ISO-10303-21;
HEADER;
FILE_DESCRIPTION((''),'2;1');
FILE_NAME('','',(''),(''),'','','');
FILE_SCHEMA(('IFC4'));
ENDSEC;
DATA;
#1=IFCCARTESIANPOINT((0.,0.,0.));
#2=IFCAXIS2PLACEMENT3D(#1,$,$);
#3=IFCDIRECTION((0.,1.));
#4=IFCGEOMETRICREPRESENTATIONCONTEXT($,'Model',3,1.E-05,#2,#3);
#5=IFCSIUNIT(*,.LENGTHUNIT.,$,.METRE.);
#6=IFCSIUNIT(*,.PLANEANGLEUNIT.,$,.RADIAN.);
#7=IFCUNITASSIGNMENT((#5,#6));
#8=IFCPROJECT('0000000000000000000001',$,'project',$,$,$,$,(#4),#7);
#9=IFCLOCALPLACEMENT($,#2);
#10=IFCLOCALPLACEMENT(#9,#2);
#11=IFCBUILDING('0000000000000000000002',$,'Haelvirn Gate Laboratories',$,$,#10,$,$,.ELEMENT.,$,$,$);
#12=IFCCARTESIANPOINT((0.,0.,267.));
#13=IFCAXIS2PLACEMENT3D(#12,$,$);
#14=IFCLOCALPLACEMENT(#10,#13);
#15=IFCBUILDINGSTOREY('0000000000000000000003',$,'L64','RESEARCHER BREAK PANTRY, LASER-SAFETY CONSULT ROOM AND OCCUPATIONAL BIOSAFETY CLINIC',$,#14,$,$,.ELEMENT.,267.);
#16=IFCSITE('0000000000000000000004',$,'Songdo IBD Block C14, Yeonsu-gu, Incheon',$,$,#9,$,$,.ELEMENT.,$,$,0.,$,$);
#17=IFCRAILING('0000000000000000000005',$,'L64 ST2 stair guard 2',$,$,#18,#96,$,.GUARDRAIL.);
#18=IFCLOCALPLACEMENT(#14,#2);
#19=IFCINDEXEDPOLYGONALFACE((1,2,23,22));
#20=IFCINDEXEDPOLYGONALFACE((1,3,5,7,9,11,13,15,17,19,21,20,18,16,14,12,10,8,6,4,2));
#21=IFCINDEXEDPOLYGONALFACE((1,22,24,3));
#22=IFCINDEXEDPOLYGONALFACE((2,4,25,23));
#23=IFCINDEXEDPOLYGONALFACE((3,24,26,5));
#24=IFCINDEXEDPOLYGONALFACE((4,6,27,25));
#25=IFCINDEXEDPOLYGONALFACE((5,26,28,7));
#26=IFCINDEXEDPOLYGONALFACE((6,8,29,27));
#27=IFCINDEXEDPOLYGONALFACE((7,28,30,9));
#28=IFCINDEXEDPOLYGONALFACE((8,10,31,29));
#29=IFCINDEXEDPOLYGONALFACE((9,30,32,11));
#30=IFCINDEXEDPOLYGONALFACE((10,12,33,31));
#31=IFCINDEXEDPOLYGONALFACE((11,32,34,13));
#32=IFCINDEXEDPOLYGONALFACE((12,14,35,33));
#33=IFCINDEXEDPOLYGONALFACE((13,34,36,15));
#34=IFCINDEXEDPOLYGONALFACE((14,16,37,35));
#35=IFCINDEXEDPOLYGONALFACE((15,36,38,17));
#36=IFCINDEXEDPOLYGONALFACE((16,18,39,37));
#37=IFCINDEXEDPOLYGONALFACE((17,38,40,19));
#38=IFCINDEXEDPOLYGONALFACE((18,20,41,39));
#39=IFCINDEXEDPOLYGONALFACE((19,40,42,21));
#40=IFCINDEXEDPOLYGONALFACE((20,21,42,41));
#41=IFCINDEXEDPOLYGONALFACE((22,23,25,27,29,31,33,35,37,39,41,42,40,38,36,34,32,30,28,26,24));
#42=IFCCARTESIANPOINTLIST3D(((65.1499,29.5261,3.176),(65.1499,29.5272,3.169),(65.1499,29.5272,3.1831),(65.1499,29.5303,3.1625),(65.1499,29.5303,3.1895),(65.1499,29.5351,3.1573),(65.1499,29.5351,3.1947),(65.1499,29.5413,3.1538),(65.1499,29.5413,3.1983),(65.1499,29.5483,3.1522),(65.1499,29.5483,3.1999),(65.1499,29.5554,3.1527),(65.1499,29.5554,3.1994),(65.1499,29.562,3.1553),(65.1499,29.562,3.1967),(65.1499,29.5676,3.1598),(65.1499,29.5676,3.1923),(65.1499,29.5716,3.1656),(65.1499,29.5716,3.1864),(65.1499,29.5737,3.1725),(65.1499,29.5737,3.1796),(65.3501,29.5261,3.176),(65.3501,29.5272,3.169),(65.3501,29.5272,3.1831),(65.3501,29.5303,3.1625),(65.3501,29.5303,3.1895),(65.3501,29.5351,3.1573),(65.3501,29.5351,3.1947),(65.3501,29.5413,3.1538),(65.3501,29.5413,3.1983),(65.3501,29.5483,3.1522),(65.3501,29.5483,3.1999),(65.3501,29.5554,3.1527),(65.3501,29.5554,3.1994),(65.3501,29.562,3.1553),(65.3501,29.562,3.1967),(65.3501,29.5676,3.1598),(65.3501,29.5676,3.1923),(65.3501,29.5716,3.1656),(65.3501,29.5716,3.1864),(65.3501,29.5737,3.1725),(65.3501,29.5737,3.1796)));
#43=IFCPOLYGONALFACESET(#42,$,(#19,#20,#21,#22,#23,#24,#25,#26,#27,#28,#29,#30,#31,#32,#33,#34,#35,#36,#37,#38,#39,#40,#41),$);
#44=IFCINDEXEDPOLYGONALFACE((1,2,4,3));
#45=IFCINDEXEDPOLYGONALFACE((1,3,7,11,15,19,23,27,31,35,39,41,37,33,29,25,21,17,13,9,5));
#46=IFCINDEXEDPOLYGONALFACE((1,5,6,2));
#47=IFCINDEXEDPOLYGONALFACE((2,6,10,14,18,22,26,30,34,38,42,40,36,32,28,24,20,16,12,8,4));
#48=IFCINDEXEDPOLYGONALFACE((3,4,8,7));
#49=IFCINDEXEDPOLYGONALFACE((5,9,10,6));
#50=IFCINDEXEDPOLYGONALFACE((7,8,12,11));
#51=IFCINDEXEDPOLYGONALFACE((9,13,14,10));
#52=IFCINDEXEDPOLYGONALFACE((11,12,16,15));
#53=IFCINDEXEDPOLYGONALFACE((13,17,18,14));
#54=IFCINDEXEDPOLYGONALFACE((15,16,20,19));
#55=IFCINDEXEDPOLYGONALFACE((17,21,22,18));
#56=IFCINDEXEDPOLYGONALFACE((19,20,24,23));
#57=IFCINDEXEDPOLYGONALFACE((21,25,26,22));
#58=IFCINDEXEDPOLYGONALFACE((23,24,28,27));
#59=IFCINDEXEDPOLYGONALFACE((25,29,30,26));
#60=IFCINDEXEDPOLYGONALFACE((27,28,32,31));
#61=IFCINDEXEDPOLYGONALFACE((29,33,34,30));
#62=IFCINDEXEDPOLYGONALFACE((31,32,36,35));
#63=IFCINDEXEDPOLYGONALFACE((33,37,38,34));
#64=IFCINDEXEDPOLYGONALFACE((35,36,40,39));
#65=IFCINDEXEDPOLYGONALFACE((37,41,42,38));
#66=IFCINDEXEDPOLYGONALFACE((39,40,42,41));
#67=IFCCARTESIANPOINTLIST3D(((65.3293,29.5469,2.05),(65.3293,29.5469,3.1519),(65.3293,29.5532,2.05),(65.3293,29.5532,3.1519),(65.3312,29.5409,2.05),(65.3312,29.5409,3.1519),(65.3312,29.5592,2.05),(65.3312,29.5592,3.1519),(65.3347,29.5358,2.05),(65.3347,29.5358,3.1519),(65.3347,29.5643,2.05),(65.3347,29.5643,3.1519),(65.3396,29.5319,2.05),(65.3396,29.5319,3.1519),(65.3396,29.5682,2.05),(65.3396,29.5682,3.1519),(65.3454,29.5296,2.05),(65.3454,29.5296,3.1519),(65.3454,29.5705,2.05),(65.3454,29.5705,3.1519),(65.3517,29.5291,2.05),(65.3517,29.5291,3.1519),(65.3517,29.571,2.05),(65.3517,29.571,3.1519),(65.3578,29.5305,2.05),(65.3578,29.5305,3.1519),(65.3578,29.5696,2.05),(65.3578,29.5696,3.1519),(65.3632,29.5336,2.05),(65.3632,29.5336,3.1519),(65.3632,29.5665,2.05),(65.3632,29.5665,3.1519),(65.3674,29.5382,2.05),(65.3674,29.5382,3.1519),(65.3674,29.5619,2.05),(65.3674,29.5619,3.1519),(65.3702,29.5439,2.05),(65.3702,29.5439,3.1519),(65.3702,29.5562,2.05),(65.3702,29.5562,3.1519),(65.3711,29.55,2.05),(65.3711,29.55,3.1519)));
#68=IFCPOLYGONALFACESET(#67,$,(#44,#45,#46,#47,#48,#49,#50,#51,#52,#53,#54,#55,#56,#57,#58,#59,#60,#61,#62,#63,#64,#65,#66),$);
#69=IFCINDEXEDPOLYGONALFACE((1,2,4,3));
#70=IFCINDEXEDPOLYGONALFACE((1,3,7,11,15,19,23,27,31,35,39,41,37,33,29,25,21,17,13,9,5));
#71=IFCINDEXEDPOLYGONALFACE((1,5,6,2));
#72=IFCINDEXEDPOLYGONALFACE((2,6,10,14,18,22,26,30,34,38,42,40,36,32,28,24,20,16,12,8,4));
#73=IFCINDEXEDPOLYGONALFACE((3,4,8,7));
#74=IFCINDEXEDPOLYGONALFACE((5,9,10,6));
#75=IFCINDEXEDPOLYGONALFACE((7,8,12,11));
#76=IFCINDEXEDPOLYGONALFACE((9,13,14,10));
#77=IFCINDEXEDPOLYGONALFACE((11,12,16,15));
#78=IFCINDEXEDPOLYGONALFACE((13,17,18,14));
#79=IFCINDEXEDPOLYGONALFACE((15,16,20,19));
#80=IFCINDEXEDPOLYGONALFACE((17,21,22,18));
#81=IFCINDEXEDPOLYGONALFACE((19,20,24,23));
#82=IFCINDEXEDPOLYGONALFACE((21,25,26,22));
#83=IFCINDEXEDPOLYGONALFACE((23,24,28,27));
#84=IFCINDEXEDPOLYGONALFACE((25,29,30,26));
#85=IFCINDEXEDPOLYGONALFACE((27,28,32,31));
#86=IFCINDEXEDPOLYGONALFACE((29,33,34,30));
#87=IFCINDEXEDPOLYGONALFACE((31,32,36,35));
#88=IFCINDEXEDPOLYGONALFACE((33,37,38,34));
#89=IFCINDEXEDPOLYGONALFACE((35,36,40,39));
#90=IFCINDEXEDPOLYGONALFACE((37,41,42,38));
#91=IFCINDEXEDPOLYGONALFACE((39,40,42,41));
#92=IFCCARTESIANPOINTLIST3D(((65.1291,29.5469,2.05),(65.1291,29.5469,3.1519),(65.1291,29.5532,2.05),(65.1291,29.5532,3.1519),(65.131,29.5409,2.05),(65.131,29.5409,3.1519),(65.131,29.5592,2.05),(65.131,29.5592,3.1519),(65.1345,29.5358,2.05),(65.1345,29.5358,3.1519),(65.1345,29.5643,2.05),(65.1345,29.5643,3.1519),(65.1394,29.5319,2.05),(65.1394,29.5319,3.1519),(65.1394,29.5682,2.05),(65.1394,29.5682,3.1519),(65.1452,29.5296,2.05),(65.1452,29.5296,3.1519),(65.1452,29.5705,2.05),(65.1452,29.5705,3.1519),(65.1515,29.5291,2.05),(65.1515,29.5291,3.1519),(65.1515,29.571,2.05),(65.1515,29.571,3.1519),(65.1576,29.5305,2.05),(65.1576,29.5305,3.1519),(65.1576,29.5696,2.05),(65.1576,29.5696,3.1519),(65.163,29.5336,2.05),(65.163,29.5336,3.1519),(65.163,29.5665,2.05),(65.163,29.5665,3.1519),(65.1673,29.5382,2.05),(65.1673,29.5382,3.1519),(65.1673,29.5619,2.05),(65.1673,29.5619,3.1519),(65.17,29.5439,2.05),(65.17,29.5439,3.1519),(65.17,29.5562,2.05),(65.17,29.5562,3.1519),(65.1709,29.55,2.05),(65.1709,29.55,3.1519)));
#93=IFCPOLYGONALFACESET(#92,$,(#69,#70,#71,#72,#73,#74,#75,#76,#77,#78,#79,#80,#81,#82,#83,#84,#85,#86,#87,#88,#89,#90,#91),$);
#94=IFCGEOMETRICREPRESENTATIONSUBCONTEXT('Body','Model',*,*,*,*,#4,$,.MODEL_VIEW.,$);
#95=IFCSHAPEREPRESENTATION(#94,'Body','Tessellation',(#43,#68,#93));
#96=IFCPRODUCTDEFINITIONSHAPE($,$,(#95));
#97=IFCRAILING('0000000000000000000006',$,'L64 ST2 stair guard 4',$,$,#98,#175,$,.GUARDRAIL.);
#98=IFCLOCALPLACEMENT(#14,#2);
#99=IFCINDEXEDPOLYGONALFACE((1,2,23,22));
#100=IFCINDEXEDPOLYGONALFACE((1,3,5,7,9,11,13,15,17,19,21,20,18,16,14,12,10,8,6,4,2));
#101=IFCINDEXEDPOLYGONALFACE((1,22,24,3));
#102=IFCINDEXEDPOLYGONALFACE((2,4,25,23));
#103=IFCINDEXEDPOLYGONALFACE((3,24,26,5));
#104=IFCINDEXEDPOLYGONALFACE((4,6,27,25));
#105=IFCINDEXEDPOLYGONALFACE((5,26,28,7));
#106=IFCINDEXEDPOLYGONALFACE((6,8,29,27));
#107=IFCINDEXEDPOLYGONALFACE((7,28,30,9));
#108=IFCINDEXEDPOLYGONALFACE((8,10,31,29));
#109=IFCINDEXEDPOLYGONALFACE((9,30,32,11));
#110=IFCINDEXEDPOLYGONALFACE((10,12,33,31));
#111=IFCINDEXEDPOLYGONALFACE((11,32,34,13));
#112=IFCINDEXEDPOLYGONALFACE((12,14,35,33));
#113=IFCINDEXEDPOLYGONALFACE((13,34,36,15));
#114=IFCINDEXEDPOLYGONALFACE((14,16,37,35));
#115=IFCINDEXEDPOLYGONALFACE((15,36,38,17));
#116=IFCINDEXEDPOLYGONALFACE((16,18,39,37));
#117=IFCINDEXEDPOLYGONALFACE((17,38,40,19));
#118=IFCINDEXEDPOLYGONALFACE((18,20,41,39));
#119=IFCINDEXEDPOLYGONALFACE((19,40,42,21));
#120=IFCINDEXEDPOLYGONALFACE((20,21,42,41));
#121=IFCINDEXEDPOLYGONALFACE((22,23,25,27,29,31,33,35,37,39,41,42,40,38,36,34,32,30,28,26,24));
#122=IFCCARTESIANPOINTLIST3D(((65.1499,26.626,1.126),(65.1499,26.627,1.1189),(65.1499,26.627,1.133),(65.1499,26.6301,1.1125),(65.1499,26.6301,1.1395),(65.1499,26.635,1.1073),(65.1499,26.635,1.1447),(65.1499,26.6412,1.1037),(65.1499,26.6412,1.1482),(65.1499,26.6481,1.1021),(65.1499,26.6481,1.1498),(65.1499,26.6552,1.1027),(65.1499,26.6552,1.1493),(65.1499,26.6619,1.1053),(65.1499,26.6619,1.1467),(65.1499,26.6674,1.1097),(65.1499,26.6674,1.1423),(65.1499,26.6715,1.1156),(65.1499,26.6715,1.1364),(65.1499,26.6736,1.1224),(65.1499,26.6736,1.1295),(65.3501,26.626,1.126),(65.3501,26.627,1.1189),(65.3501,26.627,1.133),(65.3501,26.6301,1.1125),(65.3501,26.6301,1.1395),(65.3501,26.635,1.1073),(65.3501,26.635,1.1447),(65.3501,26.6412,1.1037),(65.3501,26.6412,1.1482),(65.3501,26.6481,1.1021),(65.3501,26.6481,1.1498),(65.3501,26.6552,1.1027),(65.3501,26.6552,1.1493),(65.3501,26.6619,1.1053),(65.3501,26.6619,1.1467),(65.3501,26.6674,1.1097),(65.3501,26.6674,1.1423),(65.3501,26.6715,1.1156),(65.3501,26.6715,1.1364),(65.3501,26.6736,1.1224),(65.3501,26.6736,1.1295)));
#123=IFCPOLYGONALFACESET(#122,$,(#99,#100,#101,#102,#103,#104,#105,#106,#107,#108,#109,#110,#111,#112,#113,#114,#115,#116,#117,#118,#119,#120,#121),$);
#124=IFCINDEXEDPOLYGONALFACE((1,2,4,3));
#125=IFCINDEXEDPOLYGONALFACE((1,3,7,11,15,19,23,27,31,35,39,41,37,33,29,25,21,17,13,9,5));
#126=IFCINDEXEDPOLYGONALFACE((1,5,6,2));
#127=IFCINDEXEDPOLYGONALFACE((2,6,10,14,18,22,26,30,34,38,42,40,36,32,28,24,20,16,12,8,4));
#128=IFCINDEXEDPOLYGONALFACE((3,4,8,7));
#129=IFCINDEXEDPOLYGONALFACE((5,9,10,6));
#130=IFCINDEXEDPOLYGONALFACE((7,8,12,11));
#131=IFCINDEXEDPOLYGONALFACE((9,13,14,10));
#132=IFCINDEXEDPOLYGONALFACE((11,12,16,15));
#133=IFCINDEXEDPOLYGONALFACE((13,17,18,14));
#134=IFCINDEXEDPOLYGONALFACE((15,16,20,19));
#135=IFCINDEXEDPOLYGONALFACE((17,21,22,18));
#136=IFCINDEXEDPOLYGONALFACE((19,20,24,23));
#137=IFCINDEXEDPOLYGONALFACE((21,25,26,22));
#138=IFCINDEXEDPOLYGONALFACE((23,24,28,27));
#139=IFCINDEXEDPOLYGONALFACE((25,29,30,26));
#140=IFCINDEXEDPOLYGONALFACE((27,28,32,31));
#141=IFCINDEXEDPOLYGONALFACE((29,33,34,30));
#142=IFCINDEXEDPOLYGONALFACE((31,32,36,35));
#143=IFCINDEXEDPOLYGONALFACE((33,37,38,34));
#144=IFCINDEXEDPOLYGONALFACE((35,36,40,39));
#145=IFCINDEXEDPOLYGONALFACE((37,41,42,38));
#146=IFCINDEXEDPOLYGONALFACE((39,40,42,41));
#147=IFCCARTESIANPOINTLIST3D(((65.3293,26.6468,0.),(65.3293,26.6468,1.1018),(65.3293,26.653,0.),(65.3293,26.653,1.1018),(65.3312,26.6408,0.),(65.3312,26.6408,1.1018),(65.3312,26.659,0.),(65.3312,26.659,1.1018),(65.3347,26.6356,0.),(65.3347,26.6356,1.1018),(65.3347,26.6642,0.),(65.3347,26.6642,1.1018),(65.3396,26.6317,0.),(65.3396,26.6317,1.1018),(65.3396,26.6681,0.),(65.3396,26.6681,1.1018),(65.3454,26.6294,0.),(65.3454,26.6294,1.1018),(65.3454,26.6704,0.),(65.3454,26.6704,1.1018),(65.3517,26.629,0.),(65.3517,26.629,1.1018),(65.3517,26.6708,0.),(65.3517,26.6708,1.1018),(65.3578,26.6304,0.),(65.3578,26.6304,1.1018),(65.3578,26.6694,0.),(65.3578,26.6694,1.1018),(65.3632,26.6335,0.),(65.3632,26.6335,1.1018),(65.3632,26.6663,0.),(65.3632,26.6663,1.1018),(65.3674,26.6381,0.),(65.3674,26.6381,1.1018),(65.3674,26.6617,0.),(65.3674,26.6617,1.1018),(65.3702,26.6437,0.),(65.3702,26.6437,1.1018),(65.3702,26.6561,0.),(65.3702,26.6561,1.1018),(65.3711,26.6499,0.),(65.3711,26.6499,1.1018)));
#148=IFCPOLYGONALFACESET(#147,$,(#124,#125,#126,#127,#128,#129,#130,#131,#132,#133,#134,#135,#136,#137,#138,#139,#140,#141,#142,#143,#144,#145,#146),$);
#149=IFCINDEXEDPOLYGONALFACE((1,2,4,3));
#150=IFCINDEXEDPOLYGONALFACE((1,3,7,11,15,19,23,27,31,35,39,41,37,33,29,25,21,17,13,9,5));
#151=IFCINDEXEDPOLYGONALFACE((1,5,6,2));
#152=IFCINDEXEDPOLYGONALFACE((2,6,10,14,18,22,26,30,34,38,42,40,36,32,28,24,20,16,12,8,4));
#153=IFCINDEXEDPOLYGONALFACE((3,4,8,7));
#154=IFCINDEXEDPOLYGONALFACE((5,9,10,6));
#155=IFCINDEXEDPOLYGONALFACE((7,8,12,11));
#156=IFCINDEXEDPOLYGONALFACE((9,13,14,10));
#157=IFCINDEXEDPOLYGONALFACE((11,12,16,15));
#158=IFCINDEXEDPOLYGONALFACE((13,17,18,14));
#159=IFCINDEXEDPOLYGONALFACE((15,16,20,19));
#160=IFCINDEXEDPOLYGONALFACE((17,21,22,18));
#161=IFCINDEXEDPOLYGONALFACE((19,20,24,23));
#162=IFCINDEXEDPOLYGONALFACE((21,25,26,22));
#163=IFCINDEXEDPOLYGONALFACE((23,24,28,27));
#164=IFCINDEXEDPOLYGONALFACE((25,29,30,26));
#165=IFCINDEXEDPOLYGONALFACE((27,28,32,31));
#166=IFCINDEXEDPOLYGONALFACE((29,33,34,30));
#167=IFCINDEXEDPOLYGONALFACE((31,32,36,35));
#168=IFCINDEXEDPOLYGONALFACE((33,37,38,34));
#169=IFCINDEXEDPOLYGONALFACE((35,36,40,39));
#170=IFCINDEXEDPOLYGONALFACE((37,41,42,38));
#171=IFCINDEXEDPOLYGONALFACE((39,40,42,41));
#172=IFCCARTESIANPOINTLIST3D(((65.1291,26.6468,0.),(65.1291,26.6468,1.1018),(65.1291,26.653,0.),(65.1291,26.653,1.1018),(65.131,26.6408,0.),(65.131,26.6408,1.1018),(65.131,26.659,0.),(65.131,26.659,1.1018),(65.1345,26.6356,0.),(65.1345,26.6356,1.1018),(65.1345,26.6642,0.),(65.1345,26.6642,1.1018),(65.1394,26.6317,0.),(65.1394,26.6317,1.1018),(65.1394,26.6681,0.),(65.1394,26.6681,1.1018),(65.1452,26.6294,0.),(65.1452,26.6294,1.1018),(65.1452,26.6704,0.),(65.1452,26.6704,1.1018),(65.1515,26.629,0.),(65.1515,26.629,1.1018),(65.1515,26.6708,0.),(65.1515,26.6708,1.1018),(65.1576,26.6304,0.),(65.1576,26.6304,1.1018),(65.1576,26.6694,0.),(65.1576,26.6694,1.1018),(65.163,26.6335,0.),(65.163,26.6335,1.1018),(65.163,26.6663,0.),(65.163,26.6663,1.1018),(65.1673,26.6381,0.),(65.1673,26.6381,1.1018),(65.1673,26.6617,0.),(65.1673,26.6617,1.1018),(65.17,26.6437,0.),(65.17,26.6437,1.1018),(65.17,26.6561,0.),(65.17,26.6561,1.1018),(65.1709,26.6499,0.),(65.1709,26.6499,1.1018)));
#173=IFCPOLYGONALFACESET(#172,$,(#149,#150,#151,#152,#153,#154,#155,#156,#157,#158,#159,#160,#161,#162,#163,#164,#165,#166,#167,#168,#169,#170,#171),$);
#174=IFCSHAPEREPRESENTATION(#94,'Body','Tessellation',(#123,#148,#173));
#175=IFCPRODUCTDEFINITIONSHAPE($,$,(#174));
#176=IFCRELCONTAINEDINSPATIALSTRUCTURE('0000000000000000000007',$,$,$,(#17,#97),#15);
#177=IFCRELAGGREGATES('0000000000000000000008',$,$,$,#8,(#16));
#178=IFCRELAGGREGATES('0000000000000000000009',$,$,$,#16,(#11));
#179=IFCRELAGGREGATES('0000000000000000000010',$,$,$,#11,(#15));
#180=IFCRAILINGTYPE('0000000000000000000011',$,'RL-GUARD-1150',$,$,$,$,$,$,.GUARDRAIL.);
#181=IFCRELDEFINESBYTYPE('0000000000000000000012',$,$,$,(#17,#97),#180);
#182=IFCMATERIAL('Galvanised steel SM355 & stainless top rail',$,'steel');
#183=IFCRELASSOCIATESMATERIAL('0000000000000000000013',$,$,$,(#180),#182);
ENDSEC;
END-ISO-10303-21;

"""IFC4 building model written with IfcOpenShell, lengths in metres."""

from ifc_helpers import new_model, si_unit, direction, frame, origin, origin_2d, place, context, subcontext, project, spatial, circle, extrude, source, transform, mapped, material, type_object, element, save


model = new_model("IFC4")

# Units and contexts
model_context = context("Model", 3, precision=1e-05, world=origin(), true_north=direction((0.0, 1.0)))
body_context = subcontext(model_context, "Body", "Model", "MODEL_VIEW")
ifc_project = project(units=[si_unit("LENGTHUNIT", "METRE"), si_unit("PLANEANGLEUNIT", "RADIAN")], contexts=[model_context])

# Site, building, storey
site_placement = place(None, origin())
site = spatial("IfcSite", under=ifc_project, at=site_placement, Name="Songdo IBD Block C14, Yeonsu-gu, Incheon", CompositionType="ELEMENT", RefElevation=0.0)
building_placement = place(site_placement, origin())
building = spatial("IfcBuilding", under=site, at=building_placement, Name="Haelvirn Gate Laboratories", CompositionType="ELEMENT")
storey_placement = place(building_placement, frame((0.0, 0.0, 267.0)))
storey = spatial("IfcBuildingStorey", under=building, at=storey_placement, Name="L64", Description="RESEARCHER BREAK PANTRY, LASER-SAFETY CONSULT ROOM AND OCCUPATIONAL BIOSAFETY CLINIC", CompositionType="ELEMENT", Elevation=267.0)

# Railings
ifc_material_1 = material(Name="Galvanised steel SM355 & stainless top rail", Category="steel")
railing_type_1 = type_object("IfcRailingType", Name="RL-GUARD-1150", PredefinedType="GUARDRAIL", material=ifc_material_1)
shared_shape_1 = source(origin(), body_context, "Body", "SweptSolid", [
    extrude(circle(Radius=0.0239, at=origin_2d()), frame((0.0, 0.0, 1.126), z_axis=(-1.0, 0.0, 0.0), x_axis=(0.0, -1.0, 0.0)), (0.0, 0.0, 1.0), 0.2002),
    extrude(circle(Radius=0.021, at=origin_2d()), origin(), (0.0, 0.0, 1.0), 1.1018),
    extrude(circle(Radius=0.021, at=origin_2d()), frame((-0.2002, 0.0, 0.0)), (0.0, 0.0, 1.0), 1.1018),
])
for number, where, name in (
    (1, (65.3501, 29.55, 2.05), "L64 ST2 stair guard 2"),
    (2, (65.3501, 26.6499, 0.0), "L64 ST2 stair guard 4"),
):
    element("IfcRailing", number, at=place(storey_placement, frame(where)), inside=storey, type_object=railing_type_1, Name=name, PredefinedType="GUARDRAIL", context=body_context, shape_type="MappedRepresentation", body=[
        mapped(shared_shape_1, transform((0.0, 0.0, 0.0), scale=1.0)),
    ])

save(model, "model.ifc")
